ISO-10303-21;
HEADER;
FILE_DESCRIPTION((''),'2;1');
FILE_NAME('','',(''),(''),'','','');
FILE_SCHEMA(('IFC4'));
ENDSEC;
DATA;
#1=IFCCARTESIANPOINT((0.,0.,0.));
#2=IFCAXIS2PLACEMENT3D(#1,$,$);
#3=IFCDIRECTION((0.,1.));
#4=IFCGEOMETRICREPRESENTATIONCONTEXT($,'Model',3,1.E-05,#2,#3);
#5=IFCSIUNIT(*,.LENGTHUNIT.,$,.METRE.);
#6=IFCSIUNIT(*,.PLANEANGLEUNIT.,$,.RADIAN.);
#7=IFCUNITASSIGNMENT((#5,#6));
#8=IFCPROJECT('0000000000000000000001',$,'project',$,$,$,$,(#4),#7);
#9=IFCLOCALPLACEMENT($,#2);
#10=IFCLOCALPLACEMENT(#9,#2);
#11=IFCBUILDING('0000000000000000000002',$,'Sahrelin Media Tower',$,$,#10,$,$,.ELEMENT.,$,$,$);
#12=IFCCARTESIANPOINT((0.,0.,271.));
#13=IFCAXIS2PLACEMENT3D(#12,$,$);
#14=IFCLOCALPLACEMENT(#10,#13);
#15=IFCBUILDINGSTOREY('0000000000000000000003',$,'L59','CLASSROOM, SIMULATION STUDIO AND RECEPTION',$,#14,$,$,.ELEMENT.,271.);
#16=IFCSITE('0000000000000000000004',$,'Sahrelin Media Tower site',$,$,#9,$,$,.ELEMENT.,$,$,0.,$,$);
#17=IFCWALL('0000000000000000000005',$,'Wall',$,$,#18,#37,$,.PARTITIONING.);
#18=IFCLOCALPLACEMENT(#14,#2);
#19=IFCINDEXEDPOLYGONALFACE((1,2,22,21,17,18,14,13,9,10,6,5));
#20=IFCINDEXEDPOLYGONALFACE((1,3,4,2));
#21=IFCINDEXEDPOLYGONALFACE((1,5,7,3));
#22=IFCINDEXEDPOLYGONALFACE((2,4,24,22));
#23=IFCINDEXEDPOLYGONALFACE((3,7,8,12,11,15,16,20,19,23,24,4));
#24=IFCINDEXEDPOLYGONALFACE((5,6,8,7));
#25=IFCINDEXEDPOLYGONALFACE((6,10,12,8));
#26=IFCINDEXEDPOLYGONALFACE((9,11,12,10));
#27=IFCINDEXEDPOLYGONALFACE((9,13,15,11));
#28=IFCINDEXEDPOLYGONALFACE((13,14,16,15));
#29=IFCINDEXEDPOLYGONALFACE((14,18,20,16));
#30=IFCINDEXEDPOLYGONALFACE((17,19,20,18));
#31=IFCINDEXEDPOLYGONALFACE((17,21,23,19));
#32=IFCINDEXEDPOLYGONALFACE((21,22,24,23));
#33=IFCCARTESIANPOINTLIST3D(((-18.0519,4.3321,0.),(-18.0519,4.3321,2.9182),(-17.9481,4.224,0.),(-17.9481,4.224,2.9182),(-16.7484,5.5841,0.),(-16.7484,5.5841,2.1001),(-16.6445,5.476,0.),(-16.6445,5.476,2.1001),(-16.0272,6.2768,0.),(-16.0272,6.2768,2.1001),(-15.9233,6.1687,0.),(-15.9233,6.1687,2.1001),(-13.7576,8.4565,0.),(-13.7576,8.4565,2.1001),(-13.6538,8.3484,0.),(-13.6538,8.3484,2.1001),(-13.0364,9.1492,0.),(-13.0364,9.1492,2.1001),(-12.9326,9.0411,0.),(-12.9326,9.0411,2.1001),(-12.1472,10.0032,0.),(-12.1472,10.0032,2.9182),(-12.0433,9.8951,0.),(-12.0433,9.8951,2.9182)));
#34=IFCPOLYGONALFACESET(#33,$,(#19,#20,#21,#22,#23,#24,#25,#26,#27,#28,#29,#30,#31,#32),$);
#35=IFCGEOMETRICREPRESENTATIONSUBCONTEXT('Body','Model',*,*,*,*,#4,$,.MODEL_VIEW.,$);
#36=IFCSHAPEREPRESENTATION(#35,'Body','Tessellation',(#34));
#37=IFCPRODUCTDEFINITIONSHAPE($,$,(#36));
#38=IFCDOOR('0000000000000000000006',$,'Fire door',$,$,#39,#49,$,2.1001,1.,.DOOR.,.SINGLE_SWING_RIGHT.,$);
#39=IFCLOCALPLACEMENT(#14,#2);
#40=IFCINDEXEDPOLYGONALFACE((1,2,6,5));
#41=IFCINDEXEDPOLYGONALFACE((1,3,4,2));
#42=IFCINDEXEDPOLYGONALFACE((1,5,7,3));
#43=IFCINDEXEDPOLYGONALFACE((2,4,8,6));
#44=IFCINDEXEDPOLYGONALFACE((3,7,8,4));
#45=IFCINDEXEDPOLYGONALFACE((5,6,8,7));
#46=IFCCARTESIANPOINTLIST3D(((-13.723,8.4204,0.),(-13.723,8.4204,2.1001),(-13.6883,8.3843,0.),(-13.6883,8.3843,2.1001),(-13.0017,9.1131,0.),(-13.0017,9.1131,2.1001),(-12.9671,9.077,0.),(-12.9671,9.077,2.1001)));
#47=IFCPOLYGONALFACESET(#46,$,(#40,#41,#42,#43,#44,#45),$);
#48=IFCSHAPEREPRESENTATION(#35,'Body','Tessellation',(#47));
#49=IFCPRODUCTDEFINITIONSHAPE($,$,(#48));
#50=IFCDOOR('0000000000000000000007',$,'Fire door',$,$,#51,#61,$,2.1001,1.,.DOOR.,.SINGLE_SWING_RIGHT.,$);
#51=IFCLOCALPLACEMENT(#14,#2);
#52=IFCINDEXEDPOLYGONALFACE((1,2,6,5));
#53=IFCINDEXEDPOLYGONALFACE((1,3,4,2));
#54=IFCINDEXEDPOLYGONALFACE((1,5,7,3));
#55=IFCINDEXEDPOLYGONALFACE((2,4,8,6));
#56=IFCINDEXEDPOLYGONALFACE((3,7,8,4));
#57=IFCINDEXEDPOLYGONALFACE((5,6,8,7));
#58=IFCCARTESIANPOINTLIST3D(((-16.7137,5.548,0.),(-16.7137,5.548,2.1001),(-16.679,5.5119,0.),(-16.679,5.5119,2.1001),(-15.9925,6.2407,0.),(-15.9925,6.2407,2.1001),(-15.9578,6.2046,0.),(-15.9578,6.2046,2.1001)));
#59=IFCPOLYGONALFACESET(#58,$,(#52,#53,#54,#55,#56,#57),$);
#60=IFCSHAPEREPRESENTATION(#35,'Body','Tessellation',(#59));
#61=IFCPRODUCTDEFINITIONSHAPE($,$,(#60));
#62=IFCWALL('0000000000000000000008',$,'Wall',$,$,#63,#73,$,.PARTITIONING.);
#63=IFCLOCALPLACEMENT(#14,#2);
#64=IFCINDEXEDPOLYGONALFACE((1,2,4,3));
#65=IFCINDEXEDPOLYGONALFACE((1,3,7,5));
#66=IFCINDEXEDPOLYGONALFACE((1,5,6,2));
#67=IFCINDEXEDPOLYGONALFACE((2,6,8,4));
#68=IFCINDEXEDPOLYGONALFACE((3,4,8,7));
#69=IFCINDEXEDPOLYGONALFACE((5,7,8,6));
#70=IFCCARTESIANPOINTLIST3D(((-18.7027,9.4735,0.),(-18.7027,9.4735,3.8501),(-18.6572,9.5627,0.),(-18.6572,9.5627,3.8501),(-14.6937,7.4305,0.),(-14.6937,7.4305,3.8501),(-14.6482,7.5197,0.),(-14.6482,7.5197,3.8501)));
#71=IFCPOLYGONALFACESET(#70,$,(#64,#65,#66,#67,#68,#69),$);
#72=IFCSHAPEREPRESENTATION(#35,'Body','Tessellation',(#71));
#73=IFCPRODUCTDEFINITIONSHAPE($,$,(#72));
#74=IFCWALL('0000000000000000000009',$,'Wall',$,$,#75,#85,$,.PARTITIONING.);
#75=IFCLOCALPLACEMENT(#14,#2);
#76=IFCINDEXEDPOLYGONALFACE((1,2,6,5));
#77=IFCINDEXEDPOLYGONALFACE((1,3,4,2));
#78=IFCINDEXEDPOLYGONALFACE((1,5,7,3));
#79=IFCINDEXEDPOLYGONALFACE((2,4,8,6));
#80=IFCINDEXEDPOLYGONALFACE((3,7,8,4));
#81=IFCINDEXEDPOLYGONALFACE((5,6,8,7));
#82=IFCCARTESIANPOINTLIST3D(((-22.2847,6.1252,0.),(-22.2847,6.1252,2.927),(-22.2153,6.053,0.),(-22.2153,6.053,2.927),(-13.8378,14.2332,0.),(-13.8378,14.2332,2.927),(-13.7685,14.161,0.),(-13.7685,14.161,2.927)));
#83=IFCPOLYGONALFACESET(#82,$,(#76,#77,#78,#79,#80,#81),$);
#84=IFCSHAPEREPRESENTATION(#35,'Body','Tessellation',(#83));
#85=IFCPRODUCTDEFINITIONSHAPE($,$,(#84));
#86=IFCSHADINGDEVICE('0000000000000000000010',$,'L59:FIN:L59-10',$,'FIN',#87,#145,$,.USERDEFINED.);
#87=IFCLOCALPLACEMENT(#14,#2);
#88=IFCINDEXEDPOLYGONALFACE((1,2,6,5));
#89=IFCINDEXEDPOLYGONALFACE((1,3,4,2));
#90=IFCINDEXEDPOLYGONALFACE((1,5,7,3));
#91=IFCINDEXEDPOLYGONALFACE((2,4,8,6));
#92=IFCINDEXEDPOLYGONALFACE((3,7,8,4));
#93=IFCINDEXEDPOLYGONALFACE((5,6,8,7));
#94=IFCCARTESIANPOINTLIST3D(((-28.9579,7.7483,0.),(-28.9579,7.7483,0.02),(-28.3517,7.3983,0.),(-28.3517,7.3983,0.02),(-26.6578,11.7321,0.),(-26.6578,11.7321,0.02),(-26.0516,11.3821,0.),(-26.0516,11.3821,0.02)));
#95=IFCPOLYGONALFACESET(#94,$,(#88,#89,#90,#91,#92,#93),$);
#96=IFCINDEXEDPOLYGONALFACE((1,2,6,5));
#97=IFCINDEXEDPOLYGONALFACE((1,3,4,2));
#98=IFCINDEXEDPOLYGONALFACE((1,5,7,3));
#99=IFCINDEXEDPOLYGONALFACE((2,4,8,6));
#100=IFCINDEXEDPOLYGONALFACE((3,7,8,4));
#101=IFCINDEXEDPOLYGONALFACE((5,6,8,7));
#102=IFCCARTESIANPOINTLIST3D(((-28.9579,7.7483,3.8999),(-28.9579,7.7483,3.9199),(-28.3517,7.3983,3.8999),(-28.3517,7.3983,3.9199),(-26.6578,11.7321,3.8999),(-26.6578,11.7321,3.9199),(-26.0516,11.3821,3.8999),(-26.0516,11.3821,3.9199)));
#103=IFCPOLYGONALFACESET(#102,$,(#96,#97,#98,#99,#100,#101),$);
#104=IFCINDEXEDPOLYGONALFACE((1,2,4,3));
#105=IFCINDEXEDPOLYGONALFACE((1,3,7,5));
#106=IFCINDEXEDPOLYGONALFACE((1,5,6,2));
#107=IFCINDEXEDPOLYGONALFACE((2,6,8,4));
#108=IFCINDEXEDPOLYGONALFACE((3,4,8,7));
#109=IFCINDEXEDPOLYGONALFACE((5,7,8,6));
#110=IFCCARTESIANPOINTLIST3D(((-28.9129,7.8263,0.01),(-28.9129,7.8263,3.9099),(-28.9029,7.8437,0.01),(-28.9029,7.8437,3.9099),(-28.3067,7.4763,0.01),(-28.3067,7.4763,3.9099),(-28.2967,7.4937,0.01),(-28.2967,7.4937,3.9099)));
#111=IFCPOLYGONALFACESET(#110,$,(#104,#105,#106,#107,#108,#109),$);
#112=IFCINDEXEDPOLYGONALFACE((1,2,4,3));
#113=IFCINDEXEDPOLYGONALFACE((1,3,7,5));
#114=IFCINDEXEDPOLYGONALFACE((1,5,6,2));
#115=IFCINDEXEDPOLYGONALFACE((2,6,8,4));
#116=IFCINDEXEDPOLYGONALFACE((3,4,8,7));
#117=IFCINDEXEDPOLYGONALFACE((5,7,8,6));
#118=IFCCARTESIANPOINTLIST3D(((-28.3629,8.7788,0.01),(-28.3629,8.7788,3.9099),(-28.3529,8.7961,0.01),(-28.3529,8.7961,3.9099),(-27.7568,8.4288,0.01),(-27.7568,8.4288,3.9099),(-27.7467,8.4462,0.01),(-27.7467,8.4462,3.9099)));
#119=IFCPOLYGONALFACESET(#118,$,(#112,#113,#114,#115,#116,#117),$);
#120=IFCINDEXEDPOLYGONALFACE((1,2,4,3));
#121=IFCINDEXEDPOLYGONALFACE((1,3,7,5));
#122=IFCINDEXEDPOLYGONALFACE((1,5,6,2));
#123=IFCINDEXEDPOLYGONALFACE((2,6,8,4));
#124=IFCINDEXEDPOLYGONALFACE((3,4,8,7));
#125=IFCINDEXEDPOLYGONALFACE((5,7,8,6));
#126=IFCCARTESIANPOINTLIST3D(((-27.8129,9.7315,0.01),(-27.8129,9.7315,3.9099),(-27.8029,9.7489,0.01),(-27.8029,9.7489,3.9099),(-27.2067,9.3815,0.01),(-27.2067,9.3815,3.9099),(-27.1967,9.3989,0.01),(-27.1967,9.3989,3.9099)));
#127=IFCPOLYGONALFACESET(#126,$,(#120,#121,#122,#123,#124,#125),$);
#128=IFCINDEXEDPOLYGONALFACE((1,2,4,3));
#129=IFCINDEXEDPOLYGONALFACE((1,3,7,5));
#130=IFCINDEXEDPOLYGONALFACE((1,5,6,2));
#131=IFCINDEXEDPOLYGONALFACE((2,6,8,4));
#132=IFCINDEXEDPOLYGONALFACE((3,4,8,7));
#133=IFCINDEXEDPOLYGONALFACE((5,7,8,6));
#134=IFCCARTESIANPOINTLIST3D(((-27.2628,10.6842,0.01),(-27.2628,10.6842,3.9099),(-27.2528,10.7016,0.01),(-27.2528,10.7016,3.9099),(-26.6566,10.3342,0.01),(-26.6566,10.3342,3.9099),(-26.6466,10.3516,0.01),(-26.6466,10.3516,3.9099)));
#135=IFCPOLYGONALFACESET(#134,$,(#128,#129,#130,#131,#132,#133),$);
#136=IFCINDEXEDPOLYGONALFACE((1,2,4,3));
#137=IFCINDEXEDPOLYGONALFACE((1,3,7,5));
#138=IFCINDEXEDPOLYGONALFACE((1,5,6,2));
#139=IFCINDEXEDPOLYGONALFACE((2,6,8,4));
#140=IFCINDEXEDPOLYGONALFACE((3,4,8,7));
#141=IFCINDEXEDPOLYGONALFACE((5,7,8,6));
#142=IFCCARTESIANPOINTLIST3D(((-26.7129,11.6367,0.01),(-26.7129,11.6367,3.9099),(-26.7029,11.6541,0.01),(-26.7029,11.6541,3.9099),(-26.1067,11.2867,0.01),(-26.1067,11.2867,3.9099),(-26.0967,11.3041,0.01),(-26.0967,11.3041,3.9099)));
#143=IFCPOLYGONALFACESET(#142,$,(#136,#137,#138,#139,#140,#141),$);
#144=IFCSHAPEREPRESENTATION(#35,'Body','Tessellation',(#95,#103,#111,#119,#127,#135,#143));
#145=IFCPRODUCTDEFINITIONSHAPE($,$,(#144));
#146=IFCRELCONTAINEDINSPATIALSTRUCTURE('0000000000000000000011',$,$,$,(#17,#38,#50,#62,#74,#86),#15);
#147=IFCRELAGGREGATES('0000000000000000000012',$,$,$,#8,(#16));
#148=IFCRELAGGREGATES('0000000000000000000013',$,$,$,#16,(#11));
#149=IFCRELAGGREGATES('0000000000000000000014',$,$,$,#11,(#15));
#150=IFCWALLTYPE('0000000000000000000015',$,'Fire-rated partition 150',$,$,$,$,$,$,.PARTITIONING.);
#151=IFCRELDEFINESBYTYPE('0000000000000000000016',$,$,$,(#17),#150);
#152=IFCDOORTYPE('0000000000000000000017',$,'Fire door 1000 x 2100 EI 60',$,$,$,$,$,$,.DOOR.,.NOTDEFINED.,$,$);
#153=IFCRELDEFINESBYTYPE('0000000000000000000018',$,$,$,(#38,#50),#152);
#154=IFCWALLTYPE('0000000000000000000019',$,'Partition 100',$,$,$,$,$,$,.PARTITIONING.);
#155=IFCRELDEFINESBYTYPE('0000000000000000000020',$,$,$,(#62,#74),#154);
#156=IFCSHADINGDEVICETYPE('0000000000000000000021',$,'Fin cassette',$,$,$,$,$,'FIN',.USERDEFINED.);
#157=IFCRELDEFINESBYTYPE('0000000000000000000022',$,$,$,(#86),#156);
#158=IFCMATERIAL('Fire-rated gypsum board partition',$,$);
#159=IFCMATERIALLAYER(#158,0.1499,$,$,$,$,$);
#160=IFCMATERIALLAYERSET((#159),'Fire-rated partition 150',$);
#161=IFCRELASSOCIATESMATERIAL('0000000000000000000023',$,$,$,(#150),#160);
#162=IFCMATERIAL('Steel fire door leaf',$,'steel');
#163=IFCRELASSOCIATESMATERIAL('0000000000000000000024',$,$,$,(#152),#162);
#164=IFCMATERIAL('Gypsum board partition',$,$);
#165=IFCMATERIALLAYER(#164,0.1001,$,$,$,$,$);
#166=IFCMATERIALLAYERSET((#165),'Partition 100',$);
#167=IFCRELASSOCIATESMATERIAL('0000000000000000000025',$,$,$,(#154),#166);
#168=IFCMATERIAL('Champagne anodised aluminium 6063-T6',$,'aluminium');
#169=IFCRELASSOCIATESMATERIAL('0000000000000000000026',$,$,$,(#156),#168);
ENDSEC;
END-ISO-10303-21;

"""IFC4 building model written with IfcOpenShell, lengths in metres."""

from ifc_helpers import new_model, si_unit, direction, frame, frame_2d, origin, origin_2d, place, context, subcontext, project, spatial, rectangle, extrude, material, layer, layer_set, type_object, element, fill, save


model = new_model("IFC4")

# Units and contexts
model_context = context("Model", 3, precision=1e-05, world=origin(), true_north=direction((0.0, 1.0)))
body_context = subcontext(model_context, "Body", "Model", "MODEL_VIEW")
ifc_project = project(units=[si_unit("LENGTHUNIT", "METRE"), si_unit("PLANEANGLEUNIT", "RADIAN")], contexts=[model_context])

# Site, building, storey
site_placement = place(None, origin())
site = spatial("IfcSite", under=ifc_project, at=site_placement, Name="Sahrelin Media Tower site", CompositionType="ELEMENT", RefElevation=0.0)
building_placement = place(site_placement, origin())
building = spatial("IfcBuilding", under=site, at=building_placement, Name="Sahrelin Media Tower", CompositionType="ELEMENT")
storey_placement = place(building_placement, frame((0.0, 0.0, 271.0)))
storey = spatial("IfcBuildingStorey", under=building, at=storey_placement, Name="L59", Description="CLASSROOM, SIMULATION STUDIO AND RECEPTION", CompositionType="ELEMENT", Elevation=271.0)

# Shared definitions
ifc_material_1 = material(Name="Champagne anodised aluminium 6063-T6", Category="aluminium")

# Shared definitions
ifc_material_2 = material(Name="Fire-rated gypsum board partition")
ifc_layer_1 = layer(ifc_material_2, 0.1499)
ifc_layer_set_1 = layer_set([ifc_layer_1], Name="Fire-rated partition 150")
wall_type_1 = type_object("IfcWallType", Name="Fire-rated partition 150", PredefinedType="PARTITIONING", material=ifc_layer_set_1)

# Wall, openings, doors
wall_1_placement = place(storey_placement, frame((-18.0, 4.2781, 0.0), z_axis=(0.0, 0.0, 1.0), x_axis=(0.721232, 0.692694, 0.0)))
wall_1 = element("IfcWall", 1, at=wall_1_placement, inside=storey, type_object=wall_type_1, Name="Wall", PredefinedType="PARTITIONING", context=body_context, shape_type="SweptSolid", body=[
    extrude(rectangle(XDim=8.187, YDim=0.1499, at=frame_2d((4.0935, 0.0))), origin(), (0.0, 0.0, 1.0), 2.9182),
])
opening_1_placement = place(wall_1_placement, frame((5.9541, 0.0, 0.0)))
opening_1 = element("IfcOpeningElement", 2, at=opening_1_placement, cuts=wall_1, PredefinedType="OPENING", context=body_context, shape_type="SweptSolid", body=[
    extrude(rectangle(XDim=1.0, YDim=2.1001, at=frame_2d((0.5, 1.05))), frame((0.0, 0.075, 0.0), z_axis=(0.0, -1.0, 0.0), x_axis=(1.0, 0.0, 0.0)), (0.0, 0.0, 1.0), 0.1499),
])
opening_2_placement = place(wall_1_placement, frame((1.8074, 0.0, 0.0)))
opening_2 = element("IfcOpeningElement", 3, at=opening_2_placement, cuts=wall_1, PredefinedType="OPENING", context=body_context, shape_type="SweptSolid", body=[
    extrude(rectangle(XDim=1.0, YDim=2.1001, at=frame_2d((0.5, 1.05))), frame((0.0, 0.075, 0.0), z_axis=(0.0, -1.0, 0.0), x_axis=(1.0, 0.0, 0.0)), (0.0, 0.0, 1.0), 0.1499),
])
ifc_material_3 = material(Name="Steel fire door leaf", Category="steel")
door_type = type_object("IfcDoorType", Name="Fire door 1000 x 2100 EI 60", OperationType="NOTDEFINED", PredefinedType="DOOR", material=ifc_material_3)
door_1_placement = place(opening_1_placement, origin())
door_1 = element("IfcDoor", 4, at=door_1_placement, inside=storey, type_object=door_type, Name="Fire door", OperationType="SINGLE_SWING_RIGHT", OverallHeight=2.1001, OverallWidth=1.0, PredefinedType="DOOR", context=body_context, shape_type="SweptSolid", body=[
    extrude(rectangle(XDim=1.0, YDim=2.1001, at=frame_2d((0.5, 1.05))), frame((0.0, 0.0249, 0.0), z_axis=(0.0, -1.0, 0.0), x_axis=(1.0, 0.0, 0.0)), (0.0, 0.0, 1.0), 0.05),
])
fill(opening_1, door_1)
door_2_placement = place(opening_2_placement, origin())
door_2 = element("IfcDoor", 5, at=door_2_placement, inside=storey, type_object=door_type, Name="Fire door", OperationType="SINGLE_SWING_RIGHT", OverallHeight=2.1001, OverallWidth=1.0, PredefinedType="DOOR", context=body_context, shape_type="SweptSolid", body=[
    extrude(rectangle(XDim=1.0, YDim=2.1001, at=frame_2d((0.5, 1.05))), frame((0.0, 0.0249, 0.0), z_axis=(0.0, -1.0, 0.0), x_axis=(1.0, 0.0, 0.0)), (0.0, 0.0, 1.0), 0.05),
])
fill(opening_2, door_2)

# Walls
ifc_material_4 = material(Name="Gypsum board partition")
ifc_layer_2 = layer(ifc_material_4, 0.1001)
ifc_layer_set_2 = layer_set([ifc_layer_2], Name="Partition 100")
wall_type_2 = type_object("IfcWallType", Name="Partition 100", PredefinedType="PARTITIONING", material=ifc_layer_set_2)
wall_2_placement = place(storey_placement, frame((-18.6799, 9.5181, 0.0), z_axis=(0.0, 0.0, 1.0), x_axis=(0.890983, -0.454037, 0.0)))
element("IfcWall", 6, at=wall_2_placement, inside=storey, type_object=wall_type_2, Name="Wall", PredefinedType="PARTITIONING", context=body_context, shape_type="SweptSolid", body=[
    extrude(rectangle(XDim=4.4995, YDim=0.1001, at=frame_2d((2.2498, 0.0))), origin(), (0.0, 0.0, 1.0), 3.8501),
])
wall_3_placement = place(storey_placement, frame((-22.25, 6.0891, 0.0), z_axis=(0.0, 0.0, 1.0), x_axis=(0.72143, 0.692488, 0.0)))
element("IfcWall", 7, at=wall_3_placement, inside=storey, type_object=wall_type_2, Name="Wall", PredefinedType="PARTITIONING", context=body_context, shape_type="SweptSolid", body=[
    extrude(rectangle(XDim=11.7085, YDim=0.1001, at=frame_2d((5.8542, 0.0))), origin(), (0.0, 0.0, 1.0), 2.927),
])

# Shading device
shading_device_type_1 = type_object("IfcShadingDeviceType", Name="Fin cassette", ElementType="FIN", PredefinedType="USERDEFINED", material=ifc_material_1)
placement_1 = place(storey_placement, frame((-27.1411, 9.3552, 0.0), z_axis=(0.0, 0.0, 1.0), x_axis=(0.500011, 0.866019, 0.0)))
element("IfcShadingDevice", 8, at=placement_1, inside=storey, type_object=shading_device_type_1, Name="L59:FIN:L59-10", ObjectType="FIN", PredefinedType="USERDEFINED", context=body_context, shape_type="SweptSolid", body=[
    extrude(rectangle(XDim=4.6001, YDim=0.7, at=origin_2d()), frame((0.0, 0.4199, 0.0)), (0.0, 0.0, 1.0), 0.02),
    extrude(rectangle(XDim=4.6001, YDim=0.7, at=origin_2d()), frame((0.0, 0.4199, 3.8999)), (0.0, 0.0, 1.0), 0.02),
    extrude(rectangle(XDim=0.02, YDim=0.7, at=origin_2d()), frame((-2.2, 0.4199, 0.01), z_axis=(0.0, 0.0, 1.0), x_axis=(1.0, 0.0, 0.0)), (0.0, 0.0, 1.0), 3.8999),
    extrude(rectangle(XDim=0.02, YDim=0.7, at=origin_2d()), frame((-1.1001, 0.4199, 0.01), z_axis=(0.0, 0.0, 1.0), x_axis=(1.0, 0.0, 0.0)), (0.0, 0.0, 1.0), 3.8999),
    extrude(rectangle(XDim=0.02, YDim=0.7, at=origin_2d()), frame((0.0, 0.4199, 0.01), z_axis=(0.0, 0.0, 1.0), x_axis=(1.0, 0.0, 0.0)), (0.0, 0.0, 1.0), 3.8999),
    extrude(rectangle(XDim=0.02, YDim=0.7, at=origin_2d()), frame((1.1001, 0.4199, 0.01), z_axis=(0.0, 0.0, 1.0), x_axis=(1.0, 0.0, 0.0)), (0.0, 0.0, 1.0), 3.8999),
    extrude(rectangle(XDim=0.02, YDim=0.7, at=origin_2d()), frame((2.2, 0.4199, 0.01), z_axis=(0.0, 0.0, 1.0), x_axis=(1.0, 0.0, 0.0)), (0.0, 0.0, 1.0), 3.8999),
])

save(model, "model.ifc")
